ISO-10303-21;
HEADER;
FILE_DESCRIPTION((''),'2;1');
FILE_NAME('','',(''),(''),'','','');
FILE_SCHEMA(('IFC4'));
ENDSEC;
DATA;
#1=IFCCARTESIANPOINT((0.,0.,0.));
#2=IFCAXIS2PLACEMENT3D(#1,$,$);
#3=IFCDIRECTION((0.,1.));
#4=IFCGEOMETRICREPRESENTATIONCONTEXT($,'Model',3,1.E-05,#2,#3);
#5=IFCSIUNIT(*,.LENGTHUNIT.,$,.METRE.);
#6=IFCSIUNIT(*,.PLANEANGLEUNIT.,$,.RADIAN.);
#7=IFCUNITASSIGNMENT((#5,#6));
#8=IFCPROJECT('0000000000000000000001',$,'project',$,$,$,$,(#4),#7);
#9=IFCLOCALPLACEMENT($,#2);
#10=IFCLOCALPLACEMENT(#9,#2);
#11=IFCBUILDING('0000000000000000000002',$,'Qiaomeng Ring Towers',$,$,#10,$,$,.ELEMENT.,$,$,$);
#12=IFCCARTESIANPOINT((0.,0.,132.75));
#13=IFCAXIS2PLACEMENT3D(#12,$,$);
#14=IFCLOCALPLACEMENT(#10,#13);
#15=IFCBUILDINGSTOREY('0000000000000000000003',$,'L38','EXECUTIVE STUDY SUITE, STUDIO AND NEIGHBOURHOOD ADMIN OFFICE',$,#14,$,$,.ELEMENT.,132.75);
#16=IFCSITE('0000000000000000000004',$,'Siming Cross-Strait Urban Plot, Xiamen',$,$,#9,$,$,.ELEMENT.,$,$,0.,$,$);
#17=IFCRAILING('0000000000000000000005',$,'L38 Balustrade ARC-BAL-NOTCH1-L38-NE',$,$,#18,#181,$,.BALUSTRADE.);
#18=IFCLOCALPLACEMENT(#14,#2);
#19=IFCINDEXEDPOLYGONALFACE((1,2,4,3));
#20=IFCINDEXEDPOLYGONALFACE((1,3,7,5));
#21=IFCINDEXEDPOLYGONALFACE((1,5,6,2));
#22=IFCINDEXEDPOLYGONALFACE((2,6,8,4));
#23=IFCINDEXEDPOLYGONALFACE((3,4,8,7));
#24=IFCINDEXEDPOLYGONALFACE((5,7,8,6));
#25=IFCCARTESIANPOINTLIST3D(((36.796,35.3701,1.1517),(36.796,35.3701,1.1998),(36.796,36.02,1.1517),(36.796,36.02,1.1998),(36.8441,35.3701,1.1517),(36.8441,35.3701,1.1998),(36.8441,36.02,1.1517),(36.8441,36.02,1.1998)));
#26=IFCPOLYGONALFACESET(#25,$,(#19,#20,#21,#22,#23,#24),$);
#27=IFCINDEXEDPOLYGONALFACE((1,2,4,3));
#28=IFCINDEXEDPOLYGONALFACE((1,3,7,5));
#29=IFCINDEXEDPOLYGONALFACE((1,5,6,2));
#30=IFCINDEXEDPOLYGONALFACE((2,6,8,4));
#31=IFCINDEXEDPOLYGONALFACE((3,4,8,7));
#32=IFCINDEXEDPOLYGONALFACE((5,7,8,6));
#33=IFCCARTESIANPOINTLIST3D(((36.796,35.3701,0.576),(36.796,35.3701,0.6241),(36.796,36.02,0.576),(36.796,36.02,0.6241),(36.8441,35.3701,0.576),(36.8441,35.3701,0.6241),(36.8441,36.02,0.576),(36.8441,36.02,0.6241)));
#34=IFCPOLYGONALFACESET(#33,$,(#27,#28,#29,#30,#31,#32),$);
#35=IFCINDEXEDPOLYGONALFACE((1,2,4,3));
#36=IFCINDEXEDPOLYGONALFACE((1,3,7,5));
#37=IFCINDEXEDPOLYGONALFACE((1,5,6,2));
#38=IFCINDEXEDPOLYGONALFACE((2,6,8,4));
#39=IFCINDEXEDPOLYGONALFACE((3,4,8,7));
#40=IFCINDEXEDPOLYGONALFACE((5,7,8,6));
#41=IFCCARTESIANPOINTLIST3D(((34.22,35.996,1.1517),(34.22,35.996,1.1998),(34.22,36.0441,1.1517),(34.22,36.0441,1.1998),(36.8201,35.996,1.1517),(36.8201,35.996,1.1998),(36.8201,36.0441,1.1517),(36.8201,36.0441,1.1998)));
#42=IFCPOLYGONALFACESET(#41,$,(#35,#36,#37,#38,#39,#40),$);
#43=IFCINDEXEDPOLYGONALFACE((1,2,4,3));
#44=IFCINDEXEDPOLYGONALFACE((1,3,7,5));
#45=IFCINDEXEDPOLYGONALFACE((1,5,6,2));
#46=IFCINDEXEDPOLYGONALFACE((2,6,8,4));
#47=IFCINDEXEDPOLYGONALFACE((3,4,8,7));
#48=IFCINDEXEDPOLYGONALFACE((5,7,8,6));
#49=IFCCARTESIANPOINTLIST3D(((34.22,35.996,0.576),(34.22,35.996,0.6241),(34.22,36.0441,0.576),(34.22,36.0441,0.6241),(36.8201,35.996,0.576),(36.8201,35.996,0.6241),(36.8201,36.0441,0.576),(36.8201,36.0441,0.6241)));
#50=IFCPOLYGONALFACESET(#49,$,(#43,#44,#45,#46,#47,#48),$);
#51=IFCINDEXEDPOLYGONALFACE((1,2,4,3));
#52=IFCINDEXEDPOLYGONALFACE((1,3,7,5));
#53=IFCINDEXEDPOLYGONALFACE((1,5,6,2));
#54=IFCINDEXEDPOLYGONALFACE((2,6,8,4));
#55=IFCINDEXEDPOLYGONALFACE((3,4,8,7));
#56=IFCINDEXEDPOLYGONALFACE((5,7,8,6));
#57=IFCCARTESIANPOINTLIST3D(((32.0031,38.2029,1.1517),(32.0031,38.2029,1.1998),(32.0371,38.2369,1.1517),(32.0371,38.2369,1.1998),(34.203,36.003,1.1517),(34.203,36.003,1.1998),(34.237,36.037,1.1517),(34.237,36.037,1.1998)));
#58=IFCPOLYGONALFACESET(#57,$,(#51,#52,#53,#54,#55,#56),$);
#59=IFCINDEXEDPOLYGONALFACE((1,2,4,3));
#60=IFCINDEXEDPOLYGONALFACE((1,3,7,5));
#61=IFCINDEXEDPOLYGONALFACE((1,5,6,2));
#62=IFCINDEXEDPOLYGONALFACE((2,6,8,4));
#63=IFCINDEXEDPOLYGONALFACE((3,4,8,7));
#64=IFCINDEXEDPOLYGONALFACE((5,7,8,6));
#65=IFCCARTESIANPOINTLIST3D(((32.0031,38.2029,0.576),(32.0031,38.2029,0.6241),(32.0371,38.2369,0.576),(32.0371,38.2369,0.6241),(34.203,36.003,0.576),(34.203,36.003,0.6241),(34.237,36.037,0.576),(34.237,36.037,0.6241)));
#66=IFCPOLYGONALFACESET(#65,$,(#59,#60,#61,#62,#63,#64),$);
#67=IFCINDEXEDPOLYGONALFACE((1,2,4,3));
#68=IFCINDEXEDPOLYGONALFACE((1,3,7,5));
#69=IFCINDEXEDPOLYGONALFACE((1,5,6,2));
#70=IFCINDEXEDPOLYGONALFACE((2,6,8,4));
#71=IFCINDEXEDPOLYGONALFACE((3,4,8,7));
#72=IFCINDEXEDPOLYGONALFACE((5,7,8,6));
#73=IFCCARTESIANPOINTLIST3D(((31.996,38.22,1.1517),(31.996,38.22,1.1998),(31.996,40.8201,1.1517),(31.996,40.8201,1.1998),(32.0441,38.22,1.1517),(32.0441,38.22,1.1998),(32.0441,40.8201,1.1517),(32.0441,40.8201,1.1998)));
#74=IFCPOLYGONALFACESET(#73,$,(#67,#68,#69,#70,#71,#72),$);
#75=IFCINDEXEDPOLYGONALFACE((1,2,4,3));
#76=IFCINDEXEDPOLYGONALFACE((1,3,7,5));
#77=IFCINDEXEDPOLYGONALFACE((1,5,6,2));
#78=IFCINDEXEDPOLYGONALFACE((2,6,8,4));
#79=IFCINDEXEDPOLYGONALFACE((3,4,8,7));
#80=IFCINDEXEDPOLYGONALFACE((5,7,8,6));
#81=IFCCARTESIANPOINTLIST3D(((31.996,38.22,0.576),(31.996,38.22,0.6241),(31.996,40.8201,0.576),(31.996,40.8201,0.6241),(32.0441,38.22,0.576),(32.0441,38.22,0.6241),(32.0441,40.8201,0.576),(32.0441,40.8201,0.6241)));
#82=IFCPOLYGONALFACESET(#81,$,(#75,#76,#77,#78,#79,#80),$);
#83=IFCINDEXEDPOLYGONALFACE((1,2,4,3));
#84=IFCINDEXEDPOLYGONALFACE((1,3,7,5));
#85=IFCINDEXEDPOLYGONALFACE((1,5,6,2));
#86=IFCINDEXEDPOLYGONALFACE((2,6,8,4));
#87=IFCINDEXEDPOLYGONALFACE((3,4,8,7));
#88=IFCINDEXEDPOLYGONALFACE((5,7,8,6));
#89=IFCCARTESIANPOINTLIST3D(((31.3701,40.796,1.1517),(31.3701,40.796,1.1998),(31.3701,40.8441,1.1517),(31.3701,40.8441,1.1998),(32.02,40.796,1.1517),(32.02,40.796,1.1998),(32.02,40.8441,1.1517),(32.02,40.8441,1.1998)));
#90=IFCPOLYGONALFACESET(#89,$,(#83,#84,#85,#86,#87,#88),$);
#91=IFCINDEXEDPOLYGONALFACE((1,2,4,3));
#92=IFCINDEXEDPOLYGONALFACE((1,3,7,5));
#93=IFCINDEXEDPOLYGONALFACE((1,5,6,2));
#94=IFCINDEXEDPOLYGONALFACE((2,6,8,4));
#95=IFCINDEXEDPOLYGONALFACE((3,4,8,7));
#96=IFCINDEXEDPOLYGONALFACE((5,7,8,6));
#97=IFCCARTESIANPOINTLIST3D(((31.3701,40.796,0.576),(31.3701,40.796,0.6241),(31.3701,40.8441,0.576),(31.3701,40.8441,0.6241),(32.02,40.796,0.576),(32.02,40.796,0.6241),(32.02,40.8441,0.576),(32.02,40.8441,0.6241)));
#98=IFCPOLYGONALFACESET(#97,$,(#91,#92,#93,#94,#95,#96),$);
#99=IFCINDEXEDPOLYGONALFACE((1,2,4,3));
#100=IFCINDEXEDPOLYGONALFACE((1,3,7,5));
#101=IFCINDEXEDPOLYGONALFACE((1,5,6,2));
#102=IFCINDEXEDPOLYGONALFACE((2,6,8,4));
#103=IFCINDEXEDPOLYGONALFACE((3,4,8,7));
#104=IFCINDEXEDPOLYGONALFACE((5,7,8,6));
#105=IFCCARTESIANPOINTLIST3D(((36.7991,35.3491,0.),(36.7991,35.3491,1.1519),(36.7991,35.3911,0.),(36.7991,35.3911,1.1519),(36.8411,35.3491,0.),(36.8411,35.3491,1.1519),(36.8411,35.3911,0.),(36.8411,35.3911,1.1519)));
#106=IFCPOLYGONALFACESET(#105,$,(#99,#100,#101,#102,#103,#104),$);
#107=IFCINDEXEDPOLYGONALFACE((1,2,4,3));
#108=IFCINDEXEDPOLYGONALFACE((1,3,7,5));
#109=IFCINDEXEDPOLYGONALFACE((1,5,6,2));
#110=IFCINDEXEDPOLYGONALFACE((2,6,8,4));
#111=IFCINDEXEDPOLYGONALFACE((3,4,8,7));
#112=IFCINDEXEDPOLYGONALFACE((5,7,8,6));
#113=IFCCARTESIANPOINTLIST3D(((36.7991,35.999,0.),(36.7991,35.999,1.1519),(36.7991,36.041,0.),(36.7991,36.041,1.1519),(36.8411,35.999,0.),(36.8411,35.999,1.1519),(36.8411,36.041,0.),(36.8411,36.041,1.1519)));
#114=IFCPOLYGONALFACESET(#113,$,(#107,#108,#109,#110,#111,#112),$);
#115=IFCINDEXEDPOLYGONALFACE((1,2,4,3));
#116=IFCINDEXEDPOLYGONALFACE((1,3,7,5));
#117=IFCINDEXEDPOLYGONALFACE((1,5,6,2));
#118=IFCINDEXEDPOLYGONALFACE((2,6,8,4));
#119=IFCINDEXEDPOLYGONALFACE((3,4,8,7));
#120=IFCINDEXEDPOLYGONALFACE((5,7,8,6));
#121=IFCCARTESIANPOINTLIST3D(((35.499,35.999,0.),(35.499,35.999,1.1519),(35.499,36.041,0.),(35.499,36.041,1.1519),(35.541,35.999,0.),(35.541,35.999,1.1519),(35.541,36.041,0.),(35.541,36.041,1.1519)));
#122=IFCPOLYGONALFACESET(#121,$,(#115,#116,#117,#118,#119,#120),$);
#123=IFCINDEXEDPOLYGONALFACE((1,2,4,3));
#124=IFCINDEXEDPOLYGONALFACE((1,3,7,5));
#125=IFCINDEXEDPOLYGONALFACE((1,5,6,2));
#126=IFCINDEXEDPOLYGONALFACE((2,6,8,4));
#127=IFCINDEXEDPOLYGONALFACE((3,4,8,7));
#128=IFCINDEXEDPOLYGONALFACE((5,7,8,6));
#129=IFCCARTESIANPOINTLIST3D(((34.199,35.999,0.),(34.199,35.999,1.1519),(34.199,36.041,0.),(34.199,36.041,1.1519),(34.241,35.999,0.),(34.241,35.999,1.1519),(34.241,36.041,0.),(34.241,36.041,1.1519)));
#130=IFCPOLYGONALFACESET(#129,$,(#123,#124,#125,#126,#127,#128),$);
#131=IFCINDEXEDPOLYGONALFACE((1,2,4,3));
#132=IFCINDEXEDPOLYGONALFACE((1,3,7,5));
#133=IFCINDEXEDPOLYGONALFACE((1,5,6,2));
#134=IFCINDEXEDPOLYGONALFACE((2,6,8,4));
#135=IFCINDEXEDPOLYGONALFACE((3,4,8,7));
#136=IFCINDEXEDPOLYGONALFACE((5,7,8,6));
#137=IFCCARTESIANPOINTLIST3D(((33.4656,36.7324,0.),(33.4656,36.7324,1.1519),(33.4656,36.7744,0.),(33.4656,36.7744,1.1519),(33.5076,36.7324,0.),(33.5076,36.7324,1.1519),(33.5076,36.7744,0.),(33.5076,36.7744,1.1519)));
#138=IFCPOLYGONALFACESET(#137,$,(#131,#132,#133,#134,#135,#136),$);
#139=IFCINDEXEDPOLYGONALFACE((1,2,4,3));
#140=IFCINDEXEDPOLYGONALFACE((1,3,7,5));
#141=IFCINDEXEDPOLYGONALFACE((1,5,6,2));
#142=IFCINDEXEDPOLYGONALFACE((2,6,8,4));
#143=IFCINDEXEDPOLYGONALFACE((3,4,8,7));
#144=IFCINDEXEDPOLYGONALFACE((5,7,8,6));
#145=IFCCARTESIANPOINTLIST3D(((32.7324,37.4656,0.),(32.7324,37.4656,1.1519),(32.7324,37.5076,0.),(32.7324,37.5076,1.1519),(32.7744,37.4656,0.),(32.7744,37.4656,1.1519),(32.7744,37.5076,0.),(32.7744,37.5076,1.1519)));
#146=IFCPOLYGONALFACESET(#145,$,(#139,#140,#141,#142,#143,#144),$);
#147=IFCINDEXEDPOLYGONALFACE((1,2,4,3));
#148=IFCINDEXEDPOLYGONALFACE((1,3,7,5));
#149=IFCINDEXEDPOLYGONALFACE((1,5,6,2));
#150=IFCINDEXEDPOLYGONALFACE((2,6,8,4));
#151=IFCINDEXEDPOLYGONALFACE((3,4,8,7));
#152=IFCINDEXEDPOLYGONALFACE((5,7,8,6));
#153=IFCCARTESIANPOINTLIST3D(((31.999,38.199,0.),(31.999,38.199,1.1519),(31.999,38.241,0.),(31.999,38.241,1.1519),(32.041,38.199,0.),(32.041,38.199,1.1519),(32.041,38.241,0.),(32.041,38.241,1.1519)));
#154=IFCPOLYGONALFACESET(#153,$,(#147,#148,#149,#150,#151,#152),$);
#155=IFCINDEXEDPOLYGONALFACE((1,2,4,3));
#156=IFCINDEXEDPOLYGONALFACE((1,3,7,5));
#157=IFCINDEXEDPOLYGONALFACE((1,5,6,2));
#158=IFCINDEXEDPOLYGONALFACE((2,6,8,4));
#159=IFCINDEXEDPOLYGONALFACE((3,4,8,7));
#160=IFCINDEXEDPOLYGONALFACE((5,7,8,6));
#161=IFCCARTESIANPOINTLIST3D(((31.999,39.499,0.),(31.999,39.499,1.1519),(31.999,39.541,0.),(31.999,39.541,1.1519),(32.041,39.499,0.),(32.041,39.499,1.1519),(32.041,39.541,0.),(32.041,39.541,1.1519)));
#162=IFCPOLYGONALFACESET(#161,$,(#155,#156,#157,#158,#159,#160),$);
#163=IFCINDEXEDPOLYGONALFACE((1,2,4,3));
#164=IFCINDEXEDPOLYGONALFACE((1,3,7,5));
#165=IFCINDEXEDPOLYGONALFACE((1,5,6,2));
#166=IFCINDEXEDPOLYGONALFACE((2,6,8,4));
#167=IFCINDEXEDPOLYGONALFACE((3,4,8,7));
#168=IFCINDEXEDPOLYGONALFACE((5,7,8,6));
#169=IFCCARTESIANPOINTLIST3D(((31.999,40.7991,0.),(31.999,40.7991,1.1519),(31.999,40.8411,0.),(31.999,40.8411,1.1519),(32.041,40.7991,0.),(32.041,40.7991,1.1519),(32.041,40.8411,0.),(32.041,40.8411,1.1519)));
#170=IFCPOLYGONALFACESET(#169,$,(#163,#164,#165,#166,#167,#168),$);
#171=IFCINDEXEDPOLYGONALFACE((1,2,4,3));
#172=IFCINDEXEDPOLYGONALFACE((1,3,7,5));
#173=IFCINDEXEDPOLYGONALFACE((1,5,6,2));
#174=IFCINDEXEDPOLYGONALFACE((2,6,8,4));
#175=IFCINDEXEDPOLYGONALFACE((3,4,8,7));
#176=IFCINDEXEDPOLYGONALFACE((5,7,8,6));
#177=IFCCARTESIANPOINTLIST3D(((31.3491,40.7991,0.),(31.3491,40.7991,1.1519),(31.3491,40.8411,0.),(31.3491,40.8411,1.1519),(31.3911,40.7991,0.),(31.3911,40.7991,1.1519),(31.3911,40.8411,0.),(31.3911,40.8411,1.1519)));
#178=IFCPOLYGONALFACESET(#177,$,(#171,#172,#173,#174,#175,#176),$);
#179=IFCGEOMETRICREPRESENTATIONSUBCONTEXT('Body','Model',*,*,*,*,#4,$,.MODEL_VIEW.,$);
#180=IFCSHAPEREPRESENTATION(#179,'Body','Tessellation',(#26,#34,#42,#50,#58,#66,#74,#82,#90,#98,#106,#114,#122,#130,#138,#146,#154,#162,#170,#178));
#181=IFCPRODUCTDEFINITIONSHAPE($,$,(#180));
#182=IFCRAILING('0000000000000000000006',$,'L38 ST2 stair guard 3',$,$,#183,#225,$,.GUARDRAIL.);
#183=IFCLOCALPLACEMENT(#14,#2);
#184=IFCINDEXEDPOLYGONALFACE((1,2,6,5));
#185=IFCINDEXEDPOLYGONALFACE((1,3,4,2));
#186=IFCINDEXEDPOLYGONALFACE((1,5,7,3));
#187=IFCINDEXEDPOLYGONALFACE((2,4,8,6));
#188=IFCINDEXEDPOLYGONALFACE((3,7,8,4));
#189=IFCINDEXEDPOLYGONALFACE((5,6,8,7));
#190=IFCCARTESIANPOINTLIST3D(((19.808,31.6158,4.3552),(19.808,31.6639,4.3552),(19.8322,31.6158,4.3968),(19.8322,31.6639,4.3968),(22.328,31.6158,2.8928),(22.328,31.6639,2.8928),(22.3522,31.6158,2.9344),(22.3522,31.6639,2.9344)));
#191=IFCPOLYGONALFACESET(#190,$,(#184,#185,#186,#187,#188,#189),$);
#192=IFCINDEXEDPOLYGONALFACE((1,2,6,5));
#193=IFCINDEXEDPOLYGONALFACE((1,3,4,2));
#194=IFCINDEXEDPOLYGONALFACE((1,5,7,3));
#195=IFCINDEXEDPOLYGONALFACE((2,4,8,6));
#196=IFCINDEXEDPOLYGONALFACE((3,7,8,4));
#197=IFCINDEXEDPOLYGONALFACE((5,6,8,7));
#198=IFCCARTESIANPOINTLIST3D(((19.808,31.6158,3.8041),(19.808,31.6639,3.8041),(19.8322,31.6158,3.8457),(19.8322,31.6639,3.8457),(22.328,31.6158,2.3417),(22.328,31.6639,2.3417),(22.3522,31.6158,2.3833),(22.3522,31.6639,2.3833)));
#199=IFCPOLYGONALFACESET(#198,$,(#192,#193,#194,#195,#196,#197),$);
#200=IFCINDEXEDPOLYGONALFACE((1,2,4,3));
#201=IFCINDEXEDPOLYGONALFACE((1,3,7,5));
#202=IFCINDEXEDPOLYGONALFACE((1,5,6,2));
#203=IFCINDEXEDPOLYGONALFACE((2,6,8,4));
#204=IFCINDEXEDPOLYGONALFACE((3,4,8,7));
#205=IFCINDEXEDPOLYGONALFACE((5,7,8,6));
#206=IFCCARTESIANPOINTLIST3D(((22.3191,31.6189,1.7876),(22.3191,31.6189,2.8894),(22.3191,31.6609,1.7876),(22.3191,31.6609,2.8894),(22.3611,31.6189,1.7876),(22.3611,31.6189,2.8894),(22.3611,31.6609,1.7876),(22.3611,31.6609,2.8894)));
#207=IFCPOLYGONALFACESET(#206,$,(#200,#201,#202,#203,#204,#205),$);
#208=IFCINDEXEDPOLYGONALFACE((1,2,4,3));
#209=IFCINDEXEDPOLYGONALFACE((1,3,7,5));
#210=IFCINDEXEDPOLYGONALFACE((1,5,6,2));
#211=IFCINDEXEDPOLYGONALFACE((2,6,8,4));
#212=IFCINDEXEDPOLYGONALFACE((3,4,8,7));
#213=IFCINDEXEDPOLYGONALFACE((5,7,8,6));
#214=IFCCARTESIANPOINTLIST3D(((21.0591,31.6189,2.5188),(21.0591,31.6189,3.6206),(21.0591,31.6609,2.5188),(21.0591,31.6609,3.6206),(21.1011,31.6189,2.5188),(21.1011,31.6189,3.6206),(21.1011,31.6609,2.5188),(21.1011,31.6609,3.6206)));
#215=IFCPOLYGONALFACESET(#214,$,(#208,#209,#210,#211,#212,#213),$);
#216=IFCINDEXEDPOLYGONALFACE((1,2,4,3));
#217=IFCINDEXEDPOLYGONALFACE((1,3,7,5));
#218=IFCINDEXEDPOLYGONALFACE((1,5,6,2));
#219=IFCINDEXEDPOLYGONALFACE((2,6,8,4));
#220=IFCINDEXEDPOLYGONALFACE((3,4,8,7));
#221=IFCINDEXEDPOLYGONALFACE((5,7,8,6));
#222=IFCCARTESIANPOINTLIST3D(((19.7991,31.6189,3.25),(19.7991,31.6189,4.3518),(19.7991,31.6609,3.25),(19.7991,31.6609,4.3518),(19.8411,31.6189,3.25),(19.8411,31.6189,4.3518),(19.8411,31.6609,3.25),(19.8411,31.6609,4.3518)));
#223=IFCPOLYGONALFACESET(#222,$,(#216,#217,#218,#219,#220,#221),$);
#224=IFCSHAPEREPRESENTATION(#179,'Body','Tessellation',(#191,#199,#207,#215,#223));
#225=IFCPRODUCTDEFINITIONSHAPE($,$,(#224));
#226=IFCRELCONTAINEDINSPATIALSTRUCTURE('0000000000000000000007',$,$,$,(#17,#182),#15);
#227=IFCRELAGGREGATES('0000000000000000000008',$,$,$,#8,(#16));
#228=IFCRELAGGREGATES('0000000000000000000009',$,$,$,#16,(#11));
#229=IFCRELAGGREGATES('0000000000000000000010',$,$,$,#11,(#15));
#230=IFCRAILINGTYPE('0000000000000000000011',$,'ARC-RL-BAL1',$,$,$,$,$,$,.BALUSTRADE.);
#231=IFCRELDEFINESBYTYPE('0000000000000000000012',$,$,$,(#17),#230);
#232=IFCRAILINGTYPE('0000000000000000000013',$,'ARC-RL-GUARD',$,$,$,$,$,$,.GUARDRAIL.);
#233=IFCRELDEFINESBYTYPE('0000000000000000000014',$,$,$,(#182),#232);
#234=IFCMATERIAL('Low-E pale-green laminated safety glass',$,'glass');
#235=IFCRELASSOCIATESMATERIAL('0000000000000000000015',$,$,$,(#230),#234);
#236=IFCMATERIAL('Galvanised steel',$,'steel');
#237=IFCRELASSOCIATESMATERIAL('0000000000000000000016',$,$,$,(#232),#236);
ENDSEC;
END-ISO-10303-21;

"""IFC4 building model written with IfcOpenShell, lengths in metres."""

from ifc_helpers import new_model, si_unit, direction, frame, origin, origin_2d, place, context, subcontext, project, spatial, rectangle, extrude, material, type_object, element, save


model = new_model("IFC4")

# Units and contexts
model_context = context("Model", 3, precision=1e-05, world=origin(), true_north=direction((0.0, 1.0)))
body_context = subcontext(model_context, "Body", "Model", "MODEL_VIEW")
ifc_project = project(units=[si_unit("LENGTHUNIT", "METRE"), si_unit("PLANEANGLEUNIT", "RADIAN")], contexts=[model_context])

# Site, building, storey
site_placement = place(None, origin())
site = spatial("IfcSite", under=ifc_project, at=site_placement, Name="Siming Cross-Strait Urban Plot, Xiamen", CompositionType="ELEMENT", RefElevation=0.0)
building_placement = place(site_placement, origin())
building = spatial("IfcBuilding", under=site, at=building_placement, Name="Qiaomeng Ring Towers", CompositionType="ELEMENT")
storey_placement = place(building_placement, frame((0.0, 0.0, 132.75)))
storey = spatial("IfcBuildingStorey", under=building, at=storey_placement, Name="L38", Description="EXECUTIVE STUDY SUITE, STUDIO AND NEIGHBOURHOOD ADMIN OFFICE", CompositionType="ELEMENT", Elevation=132.75)

# Railings
ifc_material_1 = material(Name="Low-E pale-green laminated safety glass", Category="glass")
railing_type_1 = type_object("IfcRailingType", Name="ARC-RL-BAL1", PredefinedType="BALUSTRADE", material=ifc_material_1)
railing_1_placement = place(storey_placement, frame((36.8201, 35.3701, 0.0)))
element("IfcRailing", 1, at=railing_1_placement, inside=storey, type_object=railing_type_1, Name="L38 Balustrade ARC-BAL-NOTCH1-L38-NE", PredefinedType="BALUSTRADE", context=body_context, shape_type="SweptSolid", body=[
    extrude(rectangle(XDim=0.0481, YDim=0.0481, at=origin_2d()), frame((0.0, 0.0, 1.1758), z_axis=(0.0, 1.0, 0.0), x_axis=(-1.0, 0.0, 0.0)), (0.0, 0.0, 1.0), 0.6499),
    extrude(rectangle(XDim=0.0481, YDim=0.0481, at=origin_2d()), frame((0.0, 0.0, 0.6001), z_axis=(0.0, 1.0, 0.0), x_axis=(-1.0, 0.0, 0.0)), (0.0, 0.0, 1.0), 0.6499),
    extrude(rectangle(XDim=0.0481, YDim=0.0481, at=origin_2d()), frame((0.0, 0.6499, 1.1758), z_axis=(-1.0, 0.0, 0.0), x_axis=(0.0, -1.0, 0.0)), (0.0, 0.0, 1.0), 2.6001),
    extrude(rectangle(XDim=0.0481, YDim=0.0481, at=origin_2d()), frame((0.0, 0.6499, 0.6001), z_axis=(-1.0, 0.0, 0.0), x_axis=(0.0, -1.0, 0.0)), (0.0, 0.0, 1.0), 2.6001),
    extrude(rectangle(XDim=0.0481, YDim=0.0481, at=origin_2d()), frame((-2.6001, 0.6499, 1.1758), z_axis=(-0.707107, 0.707107, 0.0), x_axis=(-0.707107, -0.707107, 0.0)), (0.0, 0.0, 1.0), 3.1111),
    extrude(rectangle(XDim=0.0481, YDim=0.0481, at=origin_2d()), frame((-2.6001, 0.6499, 0.6001), z_axis=(-0.707107, 0.707107, 0.0), x_axis=(-0.707107, -0.707107, 0.0)), (0.0, 0.0, 1.0), 3.1111),
    extrude(rectangle(XDim=0.0481, YDim=0.0481, at=origin_2d()), frame((-4.8, 2.8499, 1.1758), z_axis=(0.0, 1.0, 0.0), x_axis=(-1.0, 0.0, 0.0)), (0.0, 0.0, 1.0), 2.6001),
    extrude(rectangle(XDim=0.0481, YDim=0.0481, at=origin_2d()), frame((-4.8, 2.8499, 0.6001), z_axis=(0.0, 1.0, 0.0), x_axis=(-1.0, 0.0, 0.0)), (0.0, 0.0, 1.0), 2.6001),
    extrude(rectangle(XDim=0.0481, YDim=0.0481, at=origin_2d()), frame((-4.8, 5.45, 1.1758), z_axis=(-1.0, 0.0, 0.0), x_axis=(0.0, -1.0, 0.0)), (0.0, 0.0, 1.0), 0.6499),
    extrude(rectangle(XDim=0.0481, YDim=0.0481, at=origin_2d()), frame((-4.8, 5.45, 0.6001), z_axis=(-1.0, 0.0, 0.0), x_axis=(0.0, -1.0, 0.0)), (0.0, 0.0, 1.0), 0.6499),
    extrude(rectangle(XDim=0.042, YDim=0.042, at=origin_2d()), origin(), (0.0, 0.0, 1.0), 1.1519),
    extrude(rectangle(XDim=0.042, YDim=0.042, at=origin_2d()), frame((0.0, 0.6499, 0.0)), (0.0, 0.0, 1.0), 1.1519),
    extrude(rectangle(XDim=0.042, YDim=0.042, at=origin_2d()), frame((-1.3, 0.6499, 0.0)), (0.0, 0.0, 1.0), 1.1519),
    extrude(rectangle(XDim=0.042, YDim=0.042, at=origin_2d()), frame((-2.6001, 0.6499, 0.0)), (0.0, 0.0, 1.0), 1.1519),
    extrude(rectangle(XDim=0.042, YDim=0.042, at=origin_2d()), frame((-3.3335, 1.3833, 0.0)), (0.0, 0.0, 1.0), 1.1519),
    extrude(rectangle(XDim=0.042, YDim=0.042, at=origin_2d()), frame((-4.0667, 2.1165, 0.0)), (0.0, 0.0, 1.0), 1.1519),
    extrude(rectangle(XDim=0.042, YDim=0.042, at=origin_2d()), frame((-4.8, 2.8499, 0.0)), (0.0, 0.0, 1.0), 1.1519),
    extrude(rectangle(XDim=0.042, YDim=0.042, at=origin_2d()), frame((-4.8, 4.1499, 0.0)), (0.0, 0.0, 1.0), 1.1519),
    extrude(rectangle(XDim=0.042, YDim=0.042, at=origin_2d()), frame((-4.8, 5.45, 0.0)), (0.0, 0.0, 1.0), 1.1519),
    extrude(rectangle(XDim=0.042, YDim=0.042, at=origin_2d()), frame((-5.45, 5.45, 0.0)), (0.0, 0.0, 1.0), 1.1519),
])
ifc_material_2 = material(Name="Galvanised steel", Category="steel")
railing_type_2 = type_object("IfcRailingType", Name="ARC-RL-GUARD", PredefinedType="GUARDRAIL", material=ifc_material_2)
railing_2_placement = place(storey_placement, frame((22.3401, 31.6399, 1.7876)))
element("IfcRailing", 2, at=railing_2_placement, inside=storey, type_object=railing_type_2, Name="L38 ST2 stair guard 3", PredefinedType="GUARDRAIL", context=body_context, shape_type="SweptSolid", body=[
    extrude(rectangle(XDim=0.0481, YDim=0.0481, at=origin_2d()), frame((0.0, 0.0, 1.126), z_axis=(-0.864913, 0.0, 0.501921), x_axis=(0.0, -1.0, 0.0)), (0.0, 0.0, 1.0), 2.9136),
    extrude(rectangle(XDim=0.0481, YDim=0.0481, at=origin_2d()), frame((0.0, 0.0, 0.575), z_axis=(-0.864913, 0.0, 0.501921), x_axis=(0.0, -1.0, 0.0)), (0.0, 0.0, 1.0), 2.9136),
    extrude(rectangle(XDim=0.042, YDim=0.042, at=origin_2d()), origin(), (0.0, 0.0, 1.0), 1.1018),
    extrude(rectangle(XDim=0.042, YDim=0.042, at=origin_2d()), frame((-1.26, 0.0, 0.7312)), (0.0, 0.0, 1.0), 1.1018),
    extrude(rectangle(XDim=0.042, YDim=0.042, at=origin_2d()), frame((-2.52, 0.0, 1.4624)), (0.0, 0.0, 1.0), 1.1018),
])

save(model, "model.ifc")
